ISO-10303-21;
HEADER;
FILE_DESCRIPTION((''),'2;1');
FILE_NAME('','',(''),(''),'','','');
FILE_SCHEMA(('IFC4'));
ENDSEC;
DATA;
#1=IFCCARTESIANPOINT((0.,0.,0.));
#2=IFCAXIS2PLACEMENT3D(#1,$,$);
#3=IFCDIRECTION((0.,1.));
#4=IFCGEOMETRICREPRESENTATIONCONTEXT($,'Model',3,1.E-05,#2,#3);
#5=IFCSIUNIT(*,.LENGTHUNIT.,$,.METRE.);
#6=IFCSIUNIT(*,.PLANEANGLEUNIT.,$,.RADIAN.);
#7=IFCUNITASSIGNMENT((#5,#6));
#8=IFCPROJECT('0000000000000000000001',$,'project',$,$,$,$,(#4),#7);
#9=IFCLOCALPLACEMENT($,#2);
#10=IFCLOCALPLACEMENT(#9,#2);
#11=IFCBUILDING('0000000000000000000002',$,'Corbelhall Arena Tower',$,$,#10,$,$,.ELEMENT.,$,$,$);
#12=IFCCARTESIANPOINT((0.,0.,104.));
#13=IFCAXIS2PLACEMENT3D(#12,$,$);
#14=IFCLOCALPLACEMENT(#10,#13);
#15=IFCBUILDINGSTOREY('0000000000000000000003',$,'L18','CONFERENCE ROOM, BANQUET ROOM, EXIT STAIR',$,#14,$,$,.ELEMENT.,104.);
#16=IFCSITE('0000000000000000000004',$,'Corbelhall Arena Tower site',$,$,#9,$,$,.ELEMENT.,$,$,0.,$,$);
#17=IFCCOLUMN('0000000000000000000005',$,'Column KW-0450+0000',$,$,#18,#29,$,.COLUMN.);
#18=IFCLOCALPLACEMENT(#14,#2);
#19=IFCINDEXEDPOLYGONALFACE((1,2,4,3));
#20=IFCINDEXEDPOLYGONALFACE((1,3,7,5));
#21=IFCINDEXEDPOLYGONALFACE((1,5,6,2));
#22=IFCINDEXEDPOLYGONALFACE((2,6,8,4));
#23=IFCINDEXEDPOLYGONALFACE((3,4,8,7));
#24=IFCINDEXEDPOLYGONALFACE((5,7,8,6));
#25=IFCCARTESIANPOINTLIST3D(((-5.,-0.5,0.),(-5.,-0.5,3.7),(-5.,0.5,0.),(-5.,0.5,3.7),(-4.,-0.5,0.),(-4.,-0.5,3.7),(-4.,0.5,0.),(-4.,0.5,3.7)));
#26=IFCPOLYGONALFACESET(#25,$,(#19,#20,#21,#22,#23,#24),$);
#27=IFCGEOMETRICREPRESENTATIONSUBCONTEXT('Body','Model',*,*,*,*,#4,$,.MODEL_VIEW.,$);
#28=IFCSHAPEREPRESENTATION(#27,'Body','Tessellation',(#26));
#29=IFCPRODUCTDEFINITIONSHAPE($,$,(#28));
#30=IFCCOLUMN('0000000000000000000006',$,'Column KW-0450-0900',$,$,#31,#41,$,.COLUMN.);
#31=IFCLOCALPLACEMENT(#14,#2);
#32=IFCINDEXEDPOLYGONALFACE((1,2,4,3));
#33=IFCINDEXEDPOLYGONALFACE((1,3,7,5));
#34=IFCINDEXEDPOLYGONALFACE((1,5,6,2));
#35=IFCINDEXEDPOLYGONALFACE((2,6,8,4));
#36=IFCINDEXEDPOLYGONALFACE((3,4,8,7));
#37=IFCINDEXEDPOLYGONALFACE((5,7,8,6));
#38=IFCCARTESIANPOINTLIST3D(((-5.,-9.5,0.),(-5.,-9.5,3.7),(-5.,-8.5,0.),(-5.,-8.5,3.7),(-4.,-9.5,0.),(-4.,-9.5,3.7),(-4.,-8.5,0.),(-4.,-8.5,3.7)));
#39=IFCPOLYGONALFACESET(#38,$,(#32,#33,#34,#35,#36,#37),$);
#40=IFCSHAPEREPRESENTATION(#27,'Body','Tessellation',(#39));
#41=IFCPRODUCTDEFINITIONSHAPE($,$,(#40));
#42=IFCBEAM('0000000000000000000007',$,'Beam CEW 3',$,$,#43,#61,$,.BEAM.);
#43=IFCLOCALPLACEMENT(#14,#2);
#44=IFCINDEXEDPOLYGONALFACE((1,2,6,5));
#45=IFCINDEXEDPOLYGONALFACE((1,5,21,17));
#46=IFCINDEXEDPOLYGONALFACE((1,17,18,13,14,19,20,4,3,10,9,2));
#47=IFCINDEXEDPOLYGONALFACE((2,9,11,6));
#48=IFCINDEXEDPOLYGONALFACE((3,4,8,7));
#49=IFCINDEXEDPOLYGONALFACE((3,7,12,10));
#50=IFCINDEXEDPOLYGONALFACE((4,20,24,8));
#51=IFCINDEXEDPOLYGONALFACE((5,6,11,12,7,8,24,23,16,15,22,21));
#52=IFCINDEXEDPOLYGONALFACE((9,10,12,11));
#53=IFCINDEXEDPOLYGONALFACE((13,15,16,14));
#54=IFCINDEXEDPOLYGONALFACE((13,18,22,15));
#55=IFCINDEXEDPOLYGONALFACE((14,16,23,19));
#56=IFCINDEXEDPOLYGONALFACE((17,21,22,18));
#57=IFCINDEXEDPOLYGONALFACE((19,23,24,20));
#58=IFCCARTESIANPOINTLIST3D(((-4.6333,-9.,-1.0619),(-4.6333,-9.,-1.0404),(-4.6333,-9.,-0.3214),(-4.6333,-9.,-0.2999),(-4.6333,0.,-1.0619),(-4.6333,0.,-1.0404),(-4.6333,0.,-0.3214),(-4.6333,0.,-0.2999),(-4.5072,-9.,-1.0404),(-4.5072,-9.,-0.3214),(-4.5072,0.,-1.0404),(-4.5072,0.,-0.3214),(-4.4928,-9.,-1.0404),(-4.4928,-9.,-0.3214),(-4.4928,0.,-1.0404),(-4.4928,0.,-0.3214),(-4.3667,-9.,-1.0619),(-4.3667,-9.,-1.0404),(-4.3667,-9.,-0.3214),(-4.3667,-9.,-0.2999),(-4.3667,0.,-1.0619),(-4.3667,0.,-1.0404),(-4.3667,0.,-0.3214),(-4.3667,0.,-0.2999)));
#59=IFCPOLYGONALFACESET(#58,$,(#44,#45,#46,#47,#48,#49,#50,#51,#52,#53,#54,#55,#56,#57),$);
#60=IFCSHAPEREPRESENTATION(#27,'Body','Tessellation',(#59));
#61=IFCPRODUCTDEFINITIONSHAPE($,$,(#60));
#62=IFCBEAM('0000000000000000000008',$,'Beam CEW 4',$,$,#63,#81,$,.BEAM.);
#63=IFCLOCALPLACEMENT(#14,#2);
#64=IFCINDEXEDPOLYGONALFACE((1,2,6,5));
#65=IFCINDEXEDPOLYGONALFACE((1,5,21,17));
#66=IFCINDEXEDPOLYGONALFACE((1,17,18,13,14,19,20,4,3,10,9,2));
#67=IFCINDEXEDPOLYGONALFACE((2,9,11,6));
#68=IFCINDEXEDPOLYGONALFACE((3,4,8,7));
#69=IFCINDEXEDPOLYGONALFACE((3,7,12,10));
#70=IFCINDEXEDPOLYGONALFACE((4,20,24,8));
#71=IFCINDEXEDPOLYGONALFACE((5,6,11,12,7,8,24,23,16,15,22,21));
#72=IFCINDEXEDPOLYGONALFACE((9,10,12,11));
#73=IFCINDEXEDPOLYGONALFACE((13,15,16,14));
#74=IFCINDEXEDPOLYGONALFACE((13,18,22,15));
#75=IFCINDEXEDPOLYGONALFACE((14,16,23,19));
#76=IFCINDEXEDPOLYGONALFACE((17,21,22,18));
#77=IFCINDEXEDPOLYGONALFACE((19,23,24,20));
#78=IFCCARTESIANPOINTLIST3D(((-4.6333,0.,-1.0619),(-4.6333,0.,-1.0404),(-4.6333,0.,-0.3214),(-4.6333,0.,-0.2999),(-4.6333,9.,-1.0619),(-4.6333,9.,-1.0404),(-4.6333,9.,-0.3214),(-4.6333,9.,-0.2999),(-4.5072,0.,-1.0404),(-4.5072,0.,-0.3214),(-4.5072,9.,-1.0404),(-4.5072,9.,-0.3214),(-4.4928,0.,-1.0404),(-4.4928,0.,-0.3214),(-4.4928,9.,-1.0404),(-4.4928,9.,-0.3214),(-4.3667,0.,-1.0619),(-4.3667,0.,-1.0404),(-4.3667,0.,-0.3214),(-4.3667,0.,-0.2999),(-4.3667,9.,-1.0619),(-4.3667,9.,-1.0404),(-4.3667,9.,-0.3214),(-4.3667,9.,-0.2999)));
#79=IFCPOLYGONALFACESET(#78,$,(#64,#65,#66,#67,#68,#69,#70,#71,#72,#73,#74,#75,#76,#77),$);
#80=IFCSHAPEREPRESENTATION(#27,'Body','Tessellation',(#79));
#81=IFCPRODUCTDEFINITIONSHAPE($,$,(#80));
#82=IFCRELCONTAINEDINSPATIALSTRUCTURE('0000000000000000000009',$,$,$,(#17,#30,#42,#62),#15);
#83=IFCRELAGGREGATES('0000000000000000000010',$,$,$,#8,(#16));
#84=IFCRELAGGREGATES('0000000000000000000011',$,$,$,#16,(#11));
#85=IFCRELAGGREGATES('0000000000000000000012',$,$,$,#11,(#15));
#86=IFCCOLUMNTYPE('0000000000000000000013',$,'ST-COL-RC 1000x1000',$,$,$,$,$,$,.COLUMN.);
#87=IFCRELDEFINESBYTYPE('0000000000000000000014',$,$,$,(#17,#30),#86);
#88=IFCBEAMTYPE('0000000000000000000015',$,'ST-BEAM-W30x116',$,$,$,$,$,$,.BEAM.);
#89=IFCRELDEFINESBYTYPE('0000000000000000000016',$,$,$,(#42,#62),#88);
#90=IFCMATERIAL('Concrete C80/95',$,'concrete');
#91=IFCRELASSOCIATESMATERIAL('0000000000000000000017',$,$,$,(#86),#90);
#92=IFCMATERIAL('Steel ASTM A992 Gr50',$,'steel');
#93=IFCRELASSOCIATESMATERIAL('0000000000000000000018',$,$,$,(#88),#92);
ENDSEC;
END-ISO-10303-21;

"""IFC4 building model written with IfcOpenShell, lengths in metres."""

from ifc_helpers import new_model, si_unit, direction, frame, origin, origin_2d, place, context, subcontext, project, spatial, rectangle, i_section, extrude, material, material_profile, profile_set, type_object, element, save


model = new_model("IFC4")

# Units and contexts
model_context = context("Model", 3, precision=1e-05, world=origin(), true_north=direction((0.0, 1.0)))
body_context = subcontext(model_context, "Body", "Model", "MODEL_VIEW")
ifc_project = project(units=[si_unit("LENGTHUNIT", "METRE"), si_unit("PLANEANGLEUNIT", "RADIAN")], contexts=[model_context])

# Site, building, storey
site_placement = place(None, origin())
site = spatial("IfcSite", under=ifc_project, at=site_placement, Name="Corbelhall Arena Tower site", CompositionType="ELEMENT", RefElevation=0.0)
building_placement = place(site_placement, origin())
building = spatial("IfcBuilding", under=site, at=building_placement, Name="Corbelhall Arena Tower", CompositionType="ELEMENT")
storey_placement = place(building_placement, frame((0.0, 0.0, 104.0)))
storey = spatial("IfcBuildingStorey", under=building, at=storey_placement, Name="L18", Description="CONFERENCE ROOM, BANQUET ROOM, EXIT STAIR", CompositionType="ELEMENT", Elevation=104.0)

# Columns
ifc_material_1 = material(Name="Concrete C80/95", Category="concrete")
ifc_material_profile_1 = material_profile(ifc_material_1, rectangle(XDim=1.0, YDim=1.0, at=origin_2d()))
ifc_profile_set_1 = profile_set([ifc_material_profile_1], Name="Concrete C80/95")
column_type = type_object("IfcColumnType", Name="ST-COL-RC 1000x1000", PredefinedType="COLUMN", material=ifc_profile_set_1)
for number, where, z_axis, x_axis, name in (
    (1, (-4.5, 0.0, 0.0), (0.0, 0.0, 1.0), (1.0, 0.0, 0.0), "Column KW-0450+0000"),
    (2, (-4.5, -9.0, 0.0), (0.0, 0.0, 1.0), (1.0, 0.0, 0.0), "Column KW-0450-0900"),
):
    element("IfcColumn", number, at=place(storey_placement, frame(where, z_axis=z_axis, x_axis=x_axis)), inside=storey, type_object=column_type, Name=name, PredefinedType="COLUMN", context=body_context, shape_type="SweptSolid", body=[
        extrude(rectangle(XDim=1.0, YDim=1.0, at=origin_2d()), origin(), (0.0, 0.0, 1.0), 3.7),
    ])

# Beams
ifc_material_2 = material(Name="Steel ASTM A992 Gr50", Category="steel")
ifc_material_profile_2 = material_profile(ifc_material_2, i_section(OverallWidth=0.2666, OverallDepth=0.762, WebThickness=0.0144, FlangeThickness=0.0215, at=origin_2d()))
ifc_profile_set_2 = profile_set([ifc_material_profile_2], Name="Steel ASTM A992 Gr50")
beam_type = type_object("IfcBeamType", Name="ST-BEAM-W30x116", PredefinedType="BEAM", material=ifc_profile_set_2)
for number, where, z_axis, x_axis, name in (
    (3, (-4.5, -9.0, -0.6809), (0.0, 1.0, 0.0), (-1.0, 0.0, 0.0), "Beam CEW 3"),
    (4, (-4.5, 0.0, -0.6809), (0.0, 1.0, 0.0), (-1.0, 0.0, 0.0), "Beam CEW 4"),
):
    element("IfcBeam", number, at=place(storey_placement, frame(where, z_axis=z_axis, x_axis=x_axis)), inside=storey, type_object=beam_type, Name=name, PredefinedType="BEAM", context=body_context, shape_type="SweptSolid", body=[
        extrude(i_section(OverallWidth=0.2666, OverallDepth=0.762, WebThickness=0.0144, FlangeThickness=0.0215, at=origin_2d()), origin(), (0.0, 0.0, 1.0), 9.0),
    ])

save(model, "model.ifc")
